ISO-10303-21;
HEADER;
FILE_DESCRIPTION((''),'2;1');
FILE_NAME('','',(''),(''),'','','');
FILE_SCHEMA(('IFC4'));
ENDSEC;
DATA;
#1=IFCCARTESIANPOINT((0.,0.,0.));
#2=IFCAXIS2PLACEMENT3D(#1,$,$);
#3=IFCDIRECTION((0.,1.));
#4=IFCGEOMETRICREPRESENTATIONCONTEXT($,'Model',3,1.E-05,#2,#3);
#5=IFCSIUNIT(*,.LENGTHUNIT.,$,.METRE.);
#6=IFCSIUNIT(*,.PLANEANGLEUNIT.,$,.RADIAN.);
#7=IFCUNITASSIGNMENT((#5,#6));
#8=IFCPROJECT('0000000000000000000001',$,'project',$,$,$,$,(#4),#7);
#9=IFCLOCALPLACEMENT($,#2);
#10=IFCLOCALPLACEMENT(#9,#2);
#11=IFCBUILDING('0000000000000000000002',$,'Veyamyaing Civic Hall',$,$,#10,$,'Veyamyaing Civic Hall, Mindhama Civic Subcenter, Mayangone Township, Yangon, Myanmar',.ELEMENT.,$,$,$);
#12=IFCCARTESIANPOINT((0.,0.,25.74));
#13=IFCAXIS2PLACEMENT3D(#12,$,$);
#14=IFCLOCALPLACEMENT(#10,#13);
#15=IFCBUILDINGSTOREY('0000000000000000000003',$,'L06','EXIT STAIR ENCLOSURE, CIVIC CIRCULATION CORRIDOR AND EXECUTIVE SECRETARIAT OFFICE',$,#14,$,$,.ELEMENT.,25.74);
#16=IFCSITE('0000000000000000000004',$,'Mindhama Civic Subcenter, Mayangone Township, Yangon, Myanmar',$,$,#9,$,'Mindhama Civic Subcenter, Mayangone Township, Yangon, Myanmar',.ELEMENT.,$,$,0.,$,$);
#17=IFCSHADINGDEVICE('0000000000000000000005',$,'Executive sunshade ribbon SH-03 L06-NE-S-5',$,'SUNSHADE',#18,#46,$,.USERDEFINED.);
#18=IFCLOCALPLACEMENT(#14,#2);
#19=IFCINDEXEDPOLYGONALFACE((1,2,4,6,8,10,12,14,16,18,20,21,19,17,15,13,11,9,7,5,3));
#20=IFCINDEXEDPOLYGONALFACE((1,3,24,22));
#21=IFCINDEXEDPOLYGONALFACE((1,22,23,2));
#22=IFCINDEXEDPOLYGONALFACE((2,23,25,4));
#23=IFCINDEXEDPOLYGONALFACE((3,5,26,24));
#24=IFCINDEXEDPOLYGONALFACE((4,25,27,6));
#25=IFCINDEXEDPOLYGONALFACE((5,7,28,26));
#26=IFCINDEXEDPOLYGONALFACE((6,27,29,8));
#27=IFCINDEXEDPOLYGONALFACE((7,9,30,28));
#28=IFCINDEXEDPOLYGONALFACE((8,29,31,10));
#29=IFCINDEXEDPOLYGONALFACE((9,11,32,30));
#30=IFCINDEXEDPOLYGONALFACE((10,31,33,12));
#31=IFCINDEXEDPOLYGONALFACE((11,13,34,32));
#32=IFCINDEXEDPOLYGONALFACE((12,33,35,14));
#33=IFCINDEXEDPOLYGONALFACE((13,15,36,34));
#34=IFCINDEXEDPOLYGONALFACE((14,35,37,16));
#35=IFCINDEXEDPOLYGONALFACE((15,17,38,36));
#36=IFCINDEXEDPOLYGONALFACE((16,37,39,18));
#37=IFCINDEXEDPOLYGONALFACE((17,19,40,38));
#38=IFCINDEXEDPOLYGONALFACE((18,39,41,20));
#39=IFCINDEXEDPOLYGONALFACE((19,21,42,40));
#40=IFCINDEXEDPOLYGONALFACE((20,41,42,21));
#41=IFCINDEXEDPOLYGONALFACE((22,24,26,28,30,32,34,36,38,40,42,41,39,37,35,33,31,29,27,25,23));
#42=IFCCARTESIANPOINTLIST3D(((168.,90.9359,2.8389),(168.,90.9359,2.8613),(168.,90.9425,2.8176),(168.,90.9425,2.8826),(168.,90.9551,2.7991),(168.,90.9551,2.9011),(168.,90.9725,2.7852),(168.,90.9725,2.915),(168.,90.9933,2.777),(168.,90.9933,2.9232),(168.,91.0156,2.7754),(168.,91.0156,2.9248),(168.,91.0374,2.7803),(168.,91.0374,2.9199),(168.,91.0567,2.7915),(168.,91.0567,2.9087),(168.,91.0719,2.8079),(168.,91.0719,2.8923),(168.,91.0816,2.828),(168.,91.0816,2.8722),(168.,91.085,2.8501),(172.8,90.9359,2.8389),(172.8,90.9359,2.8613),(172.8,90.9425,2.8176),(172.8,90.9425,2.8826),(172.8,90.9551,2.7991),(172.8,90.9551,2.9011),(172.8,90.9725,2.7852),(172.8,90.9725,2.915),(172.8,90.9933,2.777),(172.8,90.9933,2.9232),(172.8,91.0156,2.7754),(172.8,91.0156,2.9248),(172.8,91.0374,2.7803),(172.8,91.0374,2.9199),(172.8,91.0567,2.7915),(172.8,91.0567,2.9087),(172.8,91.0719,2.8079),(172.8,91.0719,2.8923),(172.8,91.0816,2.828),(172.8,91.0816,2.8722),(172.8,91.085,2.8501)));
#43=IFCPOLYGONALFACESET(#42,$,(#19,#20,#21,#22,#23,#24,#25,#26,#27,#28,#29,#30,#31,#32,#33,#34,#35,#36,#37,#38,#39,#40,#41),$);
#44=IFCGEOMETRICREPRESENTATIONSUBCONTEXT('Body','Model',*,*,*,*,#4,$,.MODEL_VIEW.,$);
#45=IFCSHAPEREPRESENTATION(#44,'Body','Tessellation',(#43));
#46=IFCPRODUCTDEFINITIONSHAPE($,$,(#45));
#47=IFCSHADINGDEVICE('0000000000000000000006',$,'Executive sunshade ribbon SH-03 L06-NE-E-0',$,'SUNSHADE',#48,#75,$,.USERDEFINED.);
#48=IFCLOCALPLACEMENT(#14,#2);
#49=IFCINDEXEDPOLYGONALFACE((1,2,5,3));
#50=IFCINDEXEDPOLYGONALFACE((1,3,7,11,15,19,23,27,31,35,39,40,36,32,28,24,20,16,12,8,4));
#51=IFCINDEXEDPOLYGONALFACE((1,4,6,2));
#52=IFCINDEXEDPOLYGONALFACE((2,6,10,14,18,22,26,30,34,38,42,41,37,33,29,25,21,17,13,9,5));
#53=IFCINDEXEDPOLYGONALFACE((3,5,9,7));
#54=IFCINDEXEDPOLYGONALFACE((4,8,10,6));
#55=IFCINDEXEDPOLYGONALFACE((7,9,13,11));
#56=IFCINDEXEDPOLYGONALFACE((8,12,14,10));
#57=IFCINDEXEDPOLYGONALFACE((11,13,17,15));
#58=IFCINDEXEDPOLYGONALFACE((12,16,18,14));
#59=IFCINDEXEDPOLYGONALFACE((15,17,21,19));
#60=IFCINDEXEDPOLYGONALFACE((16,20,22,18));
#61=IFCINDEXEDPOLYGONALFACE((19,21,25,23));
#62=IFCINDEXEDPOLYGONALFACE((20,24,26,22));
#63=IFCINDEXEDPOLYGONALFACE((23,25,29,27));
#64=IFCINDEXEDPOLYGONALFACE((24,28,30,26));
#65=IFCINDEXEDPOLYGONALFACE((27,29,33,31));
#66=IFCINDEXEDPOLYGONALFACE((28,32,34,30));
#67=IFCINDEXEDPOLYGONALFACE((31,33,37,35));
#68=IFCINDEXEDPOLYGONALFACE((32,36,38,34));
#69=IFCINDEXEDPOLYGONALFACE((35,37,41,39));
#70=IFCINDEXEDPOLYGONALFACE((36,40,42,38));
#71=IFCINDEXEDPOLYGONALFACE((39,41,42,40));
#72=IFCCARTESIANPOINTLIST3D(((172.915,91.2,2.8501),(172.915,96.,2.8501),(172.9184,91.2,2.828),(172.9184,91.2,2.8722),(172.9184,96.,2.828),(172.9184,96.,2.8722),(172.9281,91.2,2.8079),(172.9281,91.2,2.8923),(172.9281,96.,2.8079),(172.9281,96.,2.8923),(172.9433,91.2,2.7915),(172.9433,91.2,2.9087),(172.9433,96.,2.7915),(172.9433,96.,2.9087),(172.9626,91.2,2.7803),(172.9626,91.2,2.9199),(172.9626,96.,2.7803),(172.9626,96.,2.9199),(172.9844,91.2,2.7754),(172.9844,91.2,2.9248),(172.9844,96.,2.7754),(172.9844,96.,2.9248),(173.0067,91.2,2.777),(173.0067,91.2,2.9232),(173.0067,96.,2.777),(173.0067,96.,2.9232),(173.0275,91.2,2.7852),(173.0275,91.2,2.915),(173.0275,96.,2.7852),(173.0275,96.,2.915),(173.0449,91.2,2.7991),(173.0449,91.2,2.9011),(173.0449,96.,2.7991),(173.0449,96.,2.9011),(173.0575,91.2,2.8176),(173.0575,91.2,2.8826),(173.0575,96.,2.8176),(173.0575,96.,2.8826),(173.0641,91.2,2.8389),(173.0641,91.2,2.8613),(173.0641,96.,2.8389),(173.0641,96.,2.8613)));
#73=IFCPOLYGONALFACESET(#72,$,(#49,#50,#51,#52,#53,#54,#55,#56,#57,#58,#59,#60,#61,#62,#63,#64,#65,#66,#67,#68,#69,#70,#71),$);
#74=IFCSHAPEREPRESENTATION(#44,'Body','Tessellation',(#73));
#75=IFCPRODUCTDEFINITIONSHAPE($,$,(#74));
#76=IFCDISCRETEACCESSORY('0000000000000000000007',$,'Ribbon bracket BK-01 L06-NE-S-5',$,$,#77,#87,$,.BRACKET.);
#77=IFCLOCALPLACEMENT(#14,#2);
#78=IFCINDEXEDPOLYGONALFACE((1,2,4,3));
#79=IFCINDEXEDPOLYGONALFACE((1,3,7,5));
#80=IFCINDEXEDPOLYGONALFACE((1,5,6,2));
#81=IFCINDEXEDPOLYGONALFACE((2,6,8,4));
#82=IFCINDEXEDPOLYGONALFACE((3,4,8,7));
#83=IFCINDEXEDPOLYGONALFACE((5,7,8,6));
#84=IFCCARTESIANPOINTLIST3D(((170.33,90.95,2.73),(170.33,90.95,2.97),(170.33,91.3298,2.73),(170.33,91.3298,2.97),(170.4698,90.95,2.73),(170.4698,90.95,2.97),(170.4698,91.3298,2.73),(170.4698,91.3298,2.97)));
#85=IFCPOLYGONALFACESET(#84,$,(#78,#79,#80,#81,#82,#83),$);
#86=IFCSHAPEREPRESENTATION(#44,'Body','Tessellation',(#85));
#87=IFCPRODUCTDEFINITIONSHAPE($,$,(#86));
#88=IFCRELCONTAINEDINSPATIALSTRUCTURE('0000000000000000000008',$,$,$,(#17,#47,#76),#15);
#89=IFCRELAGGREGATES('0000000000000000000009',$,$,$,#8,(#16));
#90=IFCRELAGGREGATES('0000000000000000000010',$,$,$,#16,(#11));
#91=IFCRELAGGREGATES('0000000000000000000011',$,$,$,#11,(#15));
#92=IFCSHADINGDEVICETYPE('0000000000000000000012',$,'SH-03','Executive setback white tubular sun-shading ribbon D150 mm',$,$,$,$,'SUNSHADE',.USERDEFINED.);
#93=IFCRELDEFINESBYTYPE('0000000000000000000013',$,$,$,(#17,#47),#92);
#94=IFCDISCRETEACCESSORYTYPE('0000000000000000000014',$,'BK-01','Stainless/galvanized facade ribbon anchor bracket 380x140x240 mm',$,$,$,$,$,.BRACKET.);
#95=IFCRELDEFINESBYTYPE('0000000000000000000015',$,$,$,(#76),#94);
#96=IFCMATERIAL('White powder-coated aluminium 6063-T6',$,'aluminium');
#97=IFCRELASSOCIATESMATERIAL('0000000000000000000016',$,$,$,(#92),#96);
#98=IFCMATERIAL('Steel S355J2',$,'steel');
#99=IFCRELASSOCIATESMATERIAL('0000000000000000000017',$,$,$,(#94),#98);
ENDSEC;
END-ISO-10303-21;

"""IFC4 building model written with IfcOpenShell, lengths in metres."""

from ifc_helpers import new_model, si_unit, direction, frame, origin, origin_2d, place, context, subcontext, project, spatial, rectangle, circle, extrude, material, material_profile, profile_set, type_object, element, save


model = new_model("IFC4")

# Units and contexts
model_context = context("Model", 3, precision=1e-05, world=origin(), true_north=direction((0.0, 1.0)))
body_context = subcontext(model_context, "Body", "Model", "MODEL_VIEW")
ifc_project = project(units=[si_unit("LENGTHUNIT", "METRE"), si_unit("PLANEANGLEUNIT", "RADIAN")], contexts=[model_context])

# Site, building, storey
site_placement = place(None, origin())
site = spatial("IfcSite", under=ifc_project, at=site_placement, Name="Mindhama Civic Subcenter, Mayangone Township, Yangon, Myanmar", LongName="Mindhama Civic Subcenter, Mayangone Township, Yangon, Myanmar", CompositionType="ELEMENT", RefElevation=0.0)
building_placement = place(site_placement, origin())
building = spatial("IfcBuilding", under=site, at=building_placement, Name="Veyamyaing Civic Hall", LongName="Veyamyaing Civic Hall, Mindhama Civic Subcenter, Mayangone Township, Yangon, Myanmar", CompositionType="ELEMENT")
storey_placement = place(building_placement, frame((0.0, 0.0, 25.74)))
storey = spatial("IfcBuildingStorey", under=building, at=storey_placement, Name="L06", Description="EXIT STAIR ENCLOSURE, CIVIC CIRCULATION CORRIDOR AND EXECUTIVE SECRETARIAT OFFICE", CompositionType="ELEMENT", Elevation=25.74)

# Shared definitions
ifc_material_1 = material(Name="White powder-coated aluminium 6063-T6", Category="aluminium")

# Shared definitions
ifc_material_2 = material(Name="Steel S355J2", Category="steel")

# Shading devices
ifc_material_profile_1 = material_profile(ifc_material_1, circle(Radius=0.075, at=origin_2d()), Name="SHADE-TUBE-150")
ifc_profile_set_1 = profile_set([ifc_material_profile_1], Name="White powder-coated aluminium 6063-T6")
shading_device_type = type_object("IfcShadingDeviceType", Name="SH-03", Description="Executive setback white tubular sun-shading ribbon D150 mm", ElementType="SUNSHADE", PredefinedType="USERDEFINED", material=ifc_profile_set_1)
for number, where, z_axis, x_axis, name in (
    (1, (168.0, 91.01, 2.8501), (1.0, 0.0, 0.0), (0.0, 1.0, 0.0), "Executive sunshade ribbon SH-03 L06-NE-S-5"),
    (2, (172.99, 91.2, 2.8501), (0.0, 1.0, 0.0), (-1.0, 0.0, 0.0), "Executive sunshade ribbon SH-03 L06-NE-E-0"),
):
    element("IfcShadingDevice", number, at=place(storey_placement, frame(where, z_axis=z_axis, x_axis=x_axis)), inside=storey, type_object=shading_device_type, Name=name, ObjectType="SUNSHADE", PredefinedType="USERDEFINED", context=body_context, shape_type="SweptSolid", body=[
        extrude(circle(Radius=0.075, at=origin_2d()), origin(), (0.0, 0.0, 1.0), 4.8),
    ])

# Discrete accessory
discrete_accessory_type = type_object("IfcDiscreteAccessoryType", Name="BK-01", Description="Stainless/galvanized facade ribbon anchor bracket 380x140x240 mm", PredefinedType="BRACKET", material=ifc_material_2)
discrete_accessory_placement = place(storey_placement, frame((170.3999, 91.1399, 2.73), z_axis=(0.0, 0.0, 1.0), x_axis=(0.0, -1.0, 0.0)))
element("IfcDiscreteAccessory", 3, at=discrete_accessory_placement, inside=storey, type_object=discrete_accessory_type, Name="Ribbon bracket BK-01 L06-NE-S-5", PredefinedType="BRACKET", context=body_context, shape_type="SweptSolid", body=[
    extrude(rectangle(XDim=0.3799, YDim=0.1399, at=origin_2d()), origin(), (0.0, 0.0, 1.0), 0.24),
])

save(model, "model.ifc")
